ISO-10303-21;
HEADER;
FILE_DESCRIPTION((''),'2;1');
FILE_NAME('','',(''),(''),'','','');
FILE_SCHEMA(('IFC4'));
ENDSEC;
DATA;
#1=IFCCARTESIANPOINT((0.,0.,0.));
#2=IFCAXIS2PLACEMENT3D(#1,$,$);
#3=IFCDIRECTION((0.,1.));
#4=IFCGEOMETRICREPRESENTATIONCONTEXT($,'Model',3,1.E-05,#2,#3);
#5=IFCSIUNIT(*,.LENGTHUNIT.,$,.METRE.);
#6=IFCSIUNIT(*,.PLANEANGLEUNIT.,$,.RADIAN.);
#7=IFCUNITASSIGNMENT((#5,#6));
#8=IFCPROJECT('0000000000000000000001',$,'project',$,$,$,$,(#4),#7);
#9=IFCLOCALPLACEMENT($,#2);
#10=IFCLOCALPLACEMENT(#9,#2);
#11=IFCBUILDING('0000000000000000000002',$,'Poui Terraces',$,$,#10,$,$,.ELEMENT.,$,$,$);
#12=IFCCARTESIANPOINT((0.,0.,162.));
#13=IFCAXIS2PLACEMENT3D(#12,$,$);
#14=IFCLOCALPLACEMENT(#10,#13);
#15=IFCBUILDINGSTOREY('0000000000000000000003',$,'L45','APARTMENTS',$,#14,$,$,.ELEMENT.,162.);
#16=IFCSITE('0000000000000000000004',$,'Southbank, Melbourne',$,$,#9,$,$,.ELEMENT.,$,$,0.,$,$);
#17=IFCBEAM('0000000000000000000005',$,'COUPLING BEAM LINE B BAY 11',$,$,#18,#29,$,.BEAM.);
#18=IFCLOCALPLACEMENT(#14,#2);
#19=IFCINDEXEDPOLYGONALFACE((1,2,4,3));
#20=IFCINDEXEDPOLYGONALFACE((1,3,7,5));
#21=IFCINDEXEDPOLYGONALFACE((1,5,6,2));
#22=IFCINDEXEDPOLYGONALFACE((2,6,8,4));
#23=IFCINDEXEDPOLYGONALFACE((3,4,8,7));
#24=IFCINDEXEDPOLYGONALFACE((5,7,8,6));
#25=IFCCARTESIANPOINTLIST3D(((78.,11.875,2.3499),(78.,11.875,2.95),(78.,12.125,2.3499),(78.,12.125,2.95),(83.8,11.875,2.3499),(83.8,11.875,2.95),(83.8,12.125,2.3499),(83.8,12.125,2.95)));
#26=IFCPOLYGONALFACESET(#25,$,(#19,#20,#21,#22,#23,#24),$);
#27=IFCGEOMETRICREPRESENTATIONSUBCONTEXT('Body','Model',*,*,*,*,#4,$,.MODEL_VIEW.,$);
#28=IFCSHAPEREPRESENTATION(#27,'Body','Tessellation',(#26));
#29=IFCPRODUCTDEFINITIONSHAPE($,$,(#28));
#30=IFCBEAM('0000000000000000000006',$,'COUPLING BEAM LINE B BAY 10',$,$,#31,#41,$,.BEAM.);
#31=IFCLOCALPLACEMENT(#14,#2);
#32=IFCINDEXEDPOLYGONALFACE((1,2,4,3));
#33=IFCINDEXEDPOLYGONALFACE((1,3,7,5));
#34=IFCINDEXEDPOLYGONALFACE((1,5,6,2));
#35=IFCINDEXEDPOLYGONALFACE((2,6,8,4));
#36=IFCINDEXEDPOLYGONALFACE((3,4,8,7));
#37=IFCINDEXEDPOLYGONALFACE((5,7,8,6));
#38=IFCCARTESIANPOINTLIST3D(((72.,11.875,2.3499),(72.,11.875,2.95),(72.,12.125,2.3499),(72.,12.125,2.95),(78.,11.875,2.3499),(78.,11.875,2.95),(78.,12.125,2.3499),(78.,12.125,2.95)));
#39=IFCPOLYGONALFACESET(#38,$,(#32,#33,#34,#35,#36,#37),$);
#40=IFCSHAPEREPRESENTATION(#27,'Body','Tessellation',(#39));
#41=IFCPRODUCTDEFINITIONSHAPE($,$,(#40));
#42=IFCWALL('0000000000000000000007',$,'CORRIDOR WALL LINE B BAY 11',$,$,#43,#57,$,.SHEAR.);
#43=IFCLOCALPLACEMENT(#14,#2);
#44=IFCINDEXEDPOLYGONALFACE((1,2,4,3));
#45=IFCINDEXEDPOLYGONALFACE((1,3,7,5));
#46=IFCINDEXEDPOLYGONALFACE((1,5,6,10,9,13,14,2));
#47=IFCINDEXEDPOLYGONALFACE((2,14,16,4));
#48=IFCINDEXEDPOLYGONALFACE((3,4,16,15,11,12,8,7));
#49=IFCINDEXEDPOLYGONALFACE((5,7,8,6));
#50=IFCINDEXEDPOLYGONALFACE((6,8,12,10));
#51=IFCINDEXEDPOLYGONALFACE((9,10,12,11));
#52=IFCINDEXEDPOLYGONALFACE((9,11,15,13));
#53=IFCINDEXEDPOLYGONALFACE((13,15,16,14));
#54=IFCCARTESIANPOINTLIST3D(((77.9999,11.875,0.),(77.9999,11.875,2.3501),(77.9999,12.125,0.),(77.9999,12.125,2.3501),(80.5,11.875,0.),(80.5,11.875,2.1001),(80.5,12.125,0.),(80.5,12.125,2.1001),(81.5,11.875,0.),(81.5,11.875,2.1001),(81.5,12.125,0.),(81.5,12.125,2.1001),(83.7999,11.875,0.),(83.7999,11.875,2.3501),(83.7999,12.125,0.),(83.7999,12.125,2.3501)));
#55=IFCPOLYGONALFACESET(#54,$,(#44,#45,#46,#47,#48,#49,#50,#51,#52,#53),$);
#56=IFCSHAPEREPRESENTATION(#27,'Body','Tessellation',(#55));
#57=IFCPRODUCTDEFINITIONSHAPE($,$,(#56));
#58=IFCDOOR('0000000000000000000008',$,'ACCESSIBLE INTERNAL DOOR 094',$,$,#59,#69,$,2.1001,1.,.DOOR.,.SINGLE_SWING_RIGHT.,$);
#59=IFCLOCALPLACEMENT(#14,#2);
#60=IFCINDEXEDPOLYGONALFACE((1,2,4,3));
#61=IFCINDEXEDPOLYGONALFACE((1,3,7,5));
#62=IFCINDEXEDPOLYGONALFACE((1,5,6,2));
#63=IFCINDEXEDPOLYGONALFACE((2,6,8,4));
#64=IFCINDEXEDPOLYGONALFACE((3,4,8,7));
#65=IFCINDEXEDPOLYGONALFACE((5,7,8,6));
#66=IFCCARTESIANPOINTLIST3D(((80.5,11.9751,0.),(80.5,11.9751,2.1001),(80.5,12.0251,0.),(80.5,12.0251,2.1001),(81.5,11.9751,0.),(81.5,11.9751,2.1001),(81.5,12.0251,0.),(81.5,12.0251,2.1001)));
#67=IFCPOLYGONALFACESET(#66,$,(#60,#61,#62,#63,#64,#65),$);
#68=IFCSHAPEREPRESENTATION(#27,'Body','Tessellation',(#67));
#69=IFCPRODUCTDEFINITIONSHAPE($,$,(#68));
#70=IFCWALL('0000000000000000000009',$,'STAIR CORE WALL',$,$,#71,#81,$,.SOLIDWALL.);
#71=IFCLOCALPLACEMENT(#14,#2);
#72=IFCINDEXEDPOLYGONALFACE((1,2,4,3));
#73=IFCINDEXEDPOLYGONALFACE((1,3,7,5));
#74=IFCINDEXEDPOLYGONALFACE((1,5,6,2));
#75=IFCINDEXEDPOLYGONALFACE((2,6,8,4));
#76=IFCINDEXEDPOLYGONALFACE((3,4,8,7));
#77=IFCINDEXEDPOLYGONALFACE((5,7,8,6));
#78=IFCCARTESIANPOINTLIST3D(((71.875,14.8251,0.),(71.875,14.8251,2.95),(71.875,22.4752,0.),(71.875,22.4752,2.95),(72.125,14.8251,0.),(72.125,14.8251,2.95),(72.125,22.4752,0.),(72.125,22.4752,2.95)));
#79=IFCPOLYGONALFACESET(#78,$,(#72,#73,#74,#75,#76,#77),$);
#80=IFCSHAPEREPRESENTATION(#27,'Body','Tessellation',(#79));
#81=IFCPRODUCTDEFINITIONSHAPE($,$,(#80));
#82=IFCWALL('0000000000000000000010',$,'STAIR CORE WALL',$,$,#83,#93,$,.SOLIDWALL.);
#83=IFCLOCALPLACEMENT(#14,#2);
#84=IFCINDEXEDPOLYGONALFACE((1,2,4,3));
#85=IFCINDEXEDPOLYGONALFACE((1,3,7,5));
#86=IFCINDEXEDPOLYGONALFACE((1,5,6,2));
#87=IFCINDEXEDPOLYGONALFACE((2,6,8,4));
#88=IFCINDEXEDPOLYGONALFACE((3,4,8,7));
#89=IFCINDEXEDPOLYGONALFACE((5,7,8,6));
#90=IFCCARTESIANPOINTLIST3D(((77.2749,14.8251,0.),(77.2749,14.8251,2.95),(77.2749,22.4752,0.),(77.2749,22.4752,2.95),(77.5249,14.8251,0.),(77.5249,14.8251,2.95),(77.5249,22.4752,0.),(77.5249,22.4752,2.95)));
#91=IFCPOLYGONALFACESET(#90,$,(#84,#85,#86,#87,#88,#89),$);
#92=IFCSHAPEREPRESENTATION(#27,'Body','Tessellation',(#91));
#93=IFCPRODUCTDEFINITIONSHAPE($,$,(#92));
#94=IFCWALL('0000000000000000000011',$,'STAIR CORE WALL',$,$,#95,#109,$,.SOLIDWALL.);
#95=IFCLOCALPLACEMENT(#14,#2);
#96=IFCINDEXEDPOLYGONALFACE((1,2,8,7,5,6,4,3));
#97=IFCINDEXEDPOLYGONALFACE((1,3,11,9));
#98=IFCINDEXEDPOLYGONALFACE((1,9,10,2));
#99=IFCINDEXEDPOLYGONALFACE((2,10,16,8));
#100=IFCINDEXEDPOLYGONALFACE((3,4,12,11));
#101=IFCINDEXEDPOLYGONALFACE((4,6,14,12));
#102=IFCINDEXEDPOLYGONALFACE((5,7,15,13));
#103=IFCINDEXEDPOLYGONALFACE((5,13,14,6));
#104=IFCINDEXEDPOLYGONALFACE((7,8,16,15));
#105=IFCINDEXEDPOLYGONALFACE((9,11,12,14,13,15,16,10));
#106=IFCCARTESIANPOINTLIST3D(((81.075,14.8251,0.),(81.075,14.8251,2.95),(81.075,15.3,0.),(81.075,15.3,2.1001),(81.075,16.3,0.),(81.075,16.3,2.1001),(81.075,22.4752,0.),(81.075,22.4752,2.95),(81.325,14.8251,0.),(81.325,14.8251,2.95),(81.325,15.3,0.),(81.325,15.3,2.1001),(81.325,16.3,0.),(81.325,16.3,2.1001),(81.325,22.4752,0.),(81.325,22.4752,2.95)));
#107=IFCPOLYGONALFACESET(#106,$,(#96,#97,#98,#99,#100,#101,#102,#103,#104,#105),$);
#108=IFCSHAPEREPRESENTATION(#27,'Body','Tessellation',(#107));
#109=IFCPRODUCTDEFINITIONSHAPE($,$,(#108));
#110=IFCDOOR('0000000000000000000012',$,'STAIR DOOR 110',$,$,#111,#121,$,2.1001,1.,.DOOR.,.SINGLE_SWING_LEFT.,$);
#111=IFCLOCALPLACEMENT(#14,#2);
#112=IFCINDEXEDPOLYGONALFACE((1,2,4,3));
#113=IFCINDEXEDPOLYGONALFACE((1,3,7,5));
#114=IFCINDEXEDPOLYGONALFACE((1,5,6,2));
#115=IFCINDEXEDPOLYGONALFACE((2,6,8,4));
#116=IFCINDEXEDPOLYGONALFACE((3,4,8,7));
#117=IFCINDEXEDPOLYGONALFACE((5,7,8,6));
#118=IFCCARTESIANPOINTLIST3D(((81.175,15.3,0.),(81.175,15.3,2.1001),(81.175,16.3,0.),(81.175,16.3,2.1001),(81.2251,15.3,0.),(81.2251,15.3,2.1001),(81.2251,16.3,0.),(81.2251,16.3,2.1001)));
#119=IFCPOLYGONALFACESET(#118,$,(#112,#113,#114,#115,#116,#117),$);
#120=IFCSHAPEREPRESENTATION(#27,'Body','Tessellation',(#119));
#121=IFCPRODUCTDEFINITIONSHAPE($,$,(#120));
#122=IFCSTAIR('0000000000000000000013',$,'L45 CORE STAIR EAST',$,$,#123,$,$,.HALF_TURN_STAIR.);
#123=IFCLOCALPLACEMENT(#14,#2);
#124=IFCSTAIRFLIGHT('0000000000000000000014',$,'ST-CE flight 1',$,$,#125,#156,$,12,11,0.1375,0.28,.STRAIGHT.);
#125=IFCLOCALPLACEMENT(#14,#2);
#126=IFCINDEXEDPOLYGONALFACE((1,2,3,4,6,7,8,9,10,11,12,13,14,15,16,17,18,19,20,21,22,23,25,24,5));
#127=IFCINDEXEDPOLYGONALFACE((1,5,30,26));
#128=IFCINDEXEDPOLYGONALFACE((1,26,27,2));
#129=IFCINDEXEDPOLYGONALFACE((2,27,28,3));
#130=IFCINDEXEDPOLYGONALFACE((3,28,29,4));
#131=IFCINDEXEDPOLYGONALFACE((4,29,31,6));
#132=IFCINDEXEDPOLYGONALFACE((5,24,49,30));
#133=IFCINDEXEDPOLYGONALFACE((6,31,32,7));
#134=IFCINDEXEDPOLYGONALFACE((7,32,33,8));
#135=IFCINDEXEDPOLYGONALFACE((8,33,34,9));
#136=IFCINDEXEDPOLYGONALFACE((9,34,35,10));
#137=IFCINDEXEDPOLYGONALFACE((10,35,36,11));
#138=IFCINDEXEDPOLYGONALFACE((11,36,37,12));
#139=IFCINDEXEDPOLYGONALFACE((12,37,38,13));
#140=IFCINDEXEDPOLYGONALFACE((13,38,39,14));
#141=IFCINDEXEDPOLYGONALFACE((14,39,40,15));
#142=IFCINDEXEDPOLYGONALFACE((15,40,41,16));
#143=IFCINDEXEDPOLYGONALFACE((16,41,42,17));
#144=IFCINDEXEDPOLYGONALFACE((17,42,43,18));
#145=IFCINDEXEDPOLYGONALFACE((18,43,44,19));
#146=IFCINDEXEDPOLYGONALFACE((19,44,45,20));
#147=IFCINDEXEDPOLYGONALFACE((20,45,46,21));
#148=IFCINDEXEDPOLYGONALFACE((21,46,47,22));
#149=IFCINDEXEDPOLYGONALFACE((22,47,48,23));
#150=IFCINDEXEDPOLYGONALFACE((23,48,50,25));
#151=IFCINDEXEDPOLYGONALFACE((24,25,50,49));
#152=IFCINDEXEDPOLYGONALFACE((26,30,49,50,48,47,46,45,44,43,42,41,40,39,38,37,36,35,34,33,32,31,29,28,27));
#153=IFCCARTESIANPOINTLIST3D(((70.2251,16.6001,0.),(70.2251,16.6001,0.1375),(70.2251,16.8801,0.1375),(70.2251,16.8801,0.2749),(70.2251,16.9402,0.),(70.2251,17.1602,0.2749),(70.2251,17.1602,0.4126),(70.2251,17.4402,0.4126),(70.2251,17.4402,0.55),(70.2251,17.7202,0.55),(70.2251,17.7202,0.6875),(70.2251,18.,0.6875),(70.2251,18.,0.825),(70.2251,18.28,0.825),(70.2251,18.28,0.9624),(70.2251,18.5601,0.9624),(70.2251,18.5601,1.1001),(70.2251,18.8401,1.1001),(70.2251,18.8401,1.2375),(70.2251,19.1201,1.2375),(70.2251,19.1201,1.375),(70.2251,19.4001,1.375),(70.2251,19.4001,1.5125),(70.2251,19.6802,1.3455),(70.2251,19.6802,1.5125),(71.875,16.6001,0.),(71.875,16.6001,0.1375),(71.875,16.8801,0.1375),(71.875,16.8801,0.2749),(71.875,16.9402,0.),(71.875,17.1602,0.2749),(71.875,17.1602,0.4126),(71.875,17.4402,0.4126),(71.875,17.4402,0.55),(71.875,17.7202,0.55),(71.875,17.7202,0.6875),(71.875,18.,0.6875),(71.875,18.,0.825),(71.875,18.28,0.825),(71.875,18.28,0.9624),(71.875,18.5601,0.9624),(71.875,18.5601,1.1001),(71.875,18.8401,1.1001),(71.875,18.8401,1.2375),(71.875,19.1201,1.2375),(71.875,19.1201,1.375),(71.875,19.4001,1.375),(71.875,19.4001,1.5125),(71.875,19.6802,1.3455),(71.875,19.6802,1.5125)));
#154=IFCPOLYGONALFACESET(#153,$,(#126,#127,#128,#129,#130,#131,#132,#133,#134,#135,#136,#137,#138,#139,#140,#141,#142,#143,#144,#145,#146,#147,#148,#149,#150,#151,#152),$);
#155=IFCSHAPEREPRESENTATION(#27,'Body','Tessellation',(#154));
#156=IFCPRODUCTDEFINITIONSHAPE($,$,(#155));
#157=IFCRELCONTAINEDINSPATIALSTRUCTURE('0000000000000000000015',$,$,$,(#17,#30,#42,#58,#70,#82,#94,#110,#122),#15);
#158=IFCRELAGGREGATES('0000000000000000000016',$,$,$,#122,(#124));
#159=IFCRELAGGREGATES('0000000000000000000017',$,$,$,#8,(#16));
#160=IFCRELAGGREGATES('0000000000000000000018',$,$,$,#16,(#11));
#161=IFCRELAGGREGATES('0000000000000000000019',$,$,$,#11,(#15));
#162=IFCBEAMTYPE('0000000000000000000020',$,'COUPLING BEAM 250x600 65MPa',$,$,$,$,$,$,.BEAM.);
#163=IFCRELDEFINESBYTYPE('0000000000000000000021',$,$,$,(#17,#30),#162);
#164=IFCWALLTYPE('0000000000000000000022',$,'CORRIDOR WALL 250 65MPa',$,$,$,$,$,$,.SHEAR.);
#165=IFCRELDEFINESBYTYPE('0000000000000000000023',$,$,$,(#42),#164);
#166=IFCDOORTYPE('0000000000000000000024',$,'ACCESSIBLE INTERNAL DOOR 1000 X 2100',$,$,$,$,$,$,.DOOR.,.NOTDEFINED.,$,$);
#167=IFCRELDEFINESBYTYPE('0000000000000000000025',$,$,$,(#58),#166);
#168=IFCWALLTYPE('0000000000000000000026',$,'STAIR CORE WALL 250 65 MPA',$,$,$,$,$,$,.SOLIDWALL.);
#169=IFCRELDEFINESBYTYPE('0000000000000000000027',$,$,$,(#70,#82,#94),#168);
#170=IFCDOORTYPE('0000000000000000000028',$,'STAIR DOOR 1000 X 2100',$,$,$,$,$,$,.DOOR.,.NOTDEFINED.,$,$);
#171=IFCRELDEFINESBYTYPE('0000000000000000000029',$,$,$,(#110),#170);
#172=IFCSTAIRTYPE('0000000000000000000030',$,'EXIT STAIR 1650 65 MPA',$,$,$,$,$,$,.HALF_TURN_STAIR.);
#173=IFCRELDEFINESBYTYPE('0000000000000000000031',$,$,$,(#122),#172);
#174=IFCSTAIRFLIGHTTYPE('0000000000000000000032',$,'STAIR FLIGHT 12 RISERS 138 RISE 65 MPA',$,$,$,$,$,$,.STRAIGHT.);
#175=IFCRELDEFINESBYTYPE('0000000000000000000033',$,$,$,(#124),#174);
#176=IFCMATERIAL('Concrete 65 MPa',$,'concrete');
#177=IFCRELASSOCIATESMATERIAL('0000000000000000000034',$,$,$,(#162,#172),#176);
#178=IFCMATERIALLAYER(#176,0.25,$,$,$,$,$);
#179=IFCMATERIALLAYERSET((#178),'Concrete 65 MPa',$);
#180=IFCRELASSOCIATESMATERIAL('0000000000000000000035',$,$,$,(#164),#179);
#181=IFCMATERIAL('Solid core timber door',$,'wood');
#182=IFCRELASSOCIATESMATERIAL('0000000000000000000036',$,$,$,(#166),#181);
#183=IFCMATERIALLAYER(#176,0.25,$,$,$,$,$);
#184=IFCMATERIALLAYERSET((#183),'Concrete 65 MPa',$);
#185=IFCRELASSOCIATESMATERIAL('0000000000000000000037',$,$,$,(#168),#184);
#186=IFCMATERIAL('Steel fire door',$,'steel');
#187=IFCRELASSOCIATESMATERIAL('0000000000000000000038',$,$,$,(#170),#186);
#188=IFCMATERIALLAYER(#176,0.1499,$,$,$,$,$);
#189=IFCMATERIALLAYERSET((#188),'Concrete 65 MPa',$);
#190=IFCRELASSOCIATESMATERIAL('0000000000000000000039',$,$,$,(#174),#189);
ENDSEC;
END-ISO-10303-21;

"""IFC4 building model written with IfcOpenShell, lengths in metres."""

from ifc_helpers import new_model, si_unit, direction, frame, frame_2d, origin, origin_2d, place, context, subcontext, project, spatial, polyline, rectangle, outline, extrude, source, transform, mapped, material, layer, layer_set, material_profile, profile_set, type_object, element, fill, aggregate, save


model = new_model("IFC4")

# Units and contexts
model_context = context("Model", 3, precision=1e-05, world=origin(), true_north=direction((0.0, 1.0)))
body_context = subcontext(model_context, "Body", "Model", "MODEL_VIEW")
ifc_project = project(units=[si_unit("LENGTHUNIT", "METRE"), si_unit("PLANEANGLEUNIT", "RADIAN")], contexts=[model_context])

# Site, building, storey
site_placement = place(None, origin())
site = spatial("IfcSite", under=ifc_project, at=site_placement, Name="Southbank, Melbourne", CompositionType="ELEMENT", RefElevation=0.0)
building_placement = place(site_placement, origin())
building = spatial("IfcBuilding", under=site, at=building_placement, Name="Poui Terraces", CompositionType="ELEMENT")
storey_placement = place(building_placement, frame((0.0, 0.0, 162.0)))
storey = spatial("IfcBuildingStorey", under=building, at=storey_placement, Name="L45", Description="APARTMENTS", CompositionType="ELEMENT", Elevation=162.0)

# Beams
ifc_material_1 = material(Name="Concrete 65 MPa", Category="concrete")
ifc_material_profile = material_profile(ifc_material_1, rectangle(XDim=0.25, YDim=0.6001, at=origin_2d()), Name="RC 250x600")
ifc_profile_set = profile_set([ifc_material_profile], Name="Concrete 65 MPa")
beam_type = type_object("IfcBeamType", Name="COUPLING BEAM 250x600 65MPa", PredefinedType="BEAM", material=ifc_profile_set)
shared_shape_1 = source(origin(), body_context, "Body", "SweptSolid", [
    extrude(rectangle(XDim=0.25, YDim=0.6001, at=origin_2d()), origin(), (0.0, 0.0, 1.0), 5.8),
])
beam_1_placement = place(storey_placement, frame((78.0, 12.0, 2.6499), z_axis=(1.0, 0.0, 0.0), x_axis=(0.0, 1.0, 0.0)))
element("IfcBeam", 1, at=beam_1_placement, inside=storey, type_object=beam_type, Name="COUPLING BEAM LINE B BAY 11", PredefinedType="BEAM", context=body_context, shape_type="MappedRepresentation", body=[
    mapped(shared_shape_1, transform((0.0, 0.0, 0.0))),
])
shared_shape_2 = source(origin(), body_context, "Body", "SweptSolid", [
    extrude(rectangle(XDim=0.25, YDim=0.6001, at=origin_2d()), origin(), (0.0, 0.0, 1.0), 6.0),
])
beam_2_placement = place(storey_placement, frame((72.0, 12.0, 2.6499), z_axis=(1.0, 0.0, 0.0), x_axis=(0.0, 1.0, 0.0)))
element("IfcBeam", 2, at=beam_2_placement, inside=storey, type_object=beam_type, Name="COUPLING BEAM LINE B BAY 10", PredefinedType="BEAM", context=body_context, shape_type="MappedRepresentation", body=[
    mapped(shared_shape_2, transform((0.0, 0.0, 0.0))),
])

# Wall, opening, door
ifc_layer_1 = layer(ifc_material_1, 0.25)
ifc_layer_set_1 = layer_set([ifc_layer_1], Name="Concrete 65 MPa")
wall_type_1 = type_object("IfcWallType", Name="CORRIDOR WALL 250 65MPa", PredefinedType="SHEAR", material=ifc_layer_set_1)
wall_1_placement = place(storey_placement, frame((78.0, 12.0, 0.0), z_axis=(0.0, 0.0, 1.0), x_axis=(1.0, 0.0, 0.0)))
wall_1 = element("IfcWall", 3, at=wall_1_placement, inside=storey, type_object=wall_type_1, Name="CORRIDOR WALL LINE B BAY 11", PredefinedType="SHEAR", context=body_context, shape_type="SweptSolid", body=[
    extrude(rectangle(XDim=5.8, YDim=0.25, at=frame_2d((2.8999, 0.0))), origin(), (0.0, 0.0, 1.0), 2.3501),
])
opening_1_placement = place(wall_1_placement, frame((2.5, 0.0, 0.0)))
opening_1 = element("IfcOpeningElement", 4, at=opening_1_placement, cuts=wall_1, PredefinedType="OPENING", context=body_context, shape_type="SweptSolid", body=[
    extrude(rectangle(XDim=1.0, YDim=2.1001, at=frame_2d((0.5, 1.05))), frame((0.0, 0.135, 0.0), z_axis=(0.0, -1.0, 0.0), x_axis=(1.0, 0.0, 0.0)), (0.0, 0.0, 1.0), 0.27),
])
ifc_material_2 = material(Name="Solid core timber door", Category="wood")
door_type_1 = type_object("IfcDoorType", Name="ACCESSIBLE INTERNAL DOOR 1000 X 2100", OperationType="NOTDEFINED", PredefinedType="DOOR", material=ifc_material_2)
door_1_placement = place(opening_1_placement, frame((1.0, 0.0, 0.0), z_axis=(0.0, 0.0, 1.0), x_axis=(-1.0, 0.0, 0.0)))
door_1 = element("IfcDoor", 5, at=door_1_placement, inside=storey, type_object=door_type_1, Name="ACCESSIBLE INTERNAL DOOR 094", OperationType="SINGLE_SWING_RIGHT", OverallHeight=2.1001, OverallWidth=1.0, PredefinedType="DOOR", context=body_context, shape_type="SweptSolid", body=[
    extrude(rectangle(XDim=1.0, YDim=2.1001, at=frame_2d((0.5, 1.05))), frame((0.0, 0.0249, 0.0), z_axis=(0.0, -1.0, 0.0), x_axis=(1.0, 0.0, 0.0)), (0.0, 0.0, 1.0), 0.05),
])
fill(opening_1, door_1)

# Walls
ifc_layer_2 = layer(ifc_material_1, 0.25)
ifc_layer_set_2 = layer_set([ifc_layer_2], Name="Concrete 65 MPa")
wall_type_2 = type_object("IfcWallType", Name="STAIR CORE WALL 250 65 MPA", PredefinedType="SOLIDWALL", material=ifc_layer_set_2)
for number, where, z_axis, x_axis, name in (
    (6, (72.0, 14.825, 0.0), (0.0, 0.0, 1.0), (0.0, 1.0, 0.0), "STAIR CORE WALL"),
    (7, (77.3999, 14.825, 0.0), (0.0, 0.0, 1.0), (0.0, 1.0, 0.0), "STAIR CORE WALL"),
):
    element("IfcWall", number, at=place(storey_placement, frame(where, z_axis=z_axis, x_axis=x_axis)), inside=storey, type_object=wall_type_2, Name=name, PredefinedType="SOLIDWALL", context=body_context, shape_type="SweptSolid", body=[
        extrude(rectangle(XDim=7.6501, YDim=0.25, at=frame_2d((3.8252, 0.0))), origin(), (0.0, 0.0, 1.0), 2.95),
    ])

# Wall, opening, door
wall_2_placement = place(storey_placement, frame((81.2, 14.825, 0.0), z_axis=(0.0, 0.0, 1.0), x_axis=(0.0, 1.0, 0.0)))
wall_2 = element("IfcWall", 8, at=wall_2_placement, inside=storey, type_object=wall_type_2, Name="STAIR CORE WALL", PredefinedType="SOLIDWALL", context=body_context, shape_type="SweptSolid", body=[
    extrude(rectangle(XDim=7.6501, YDim=0.25, at=frame_2d((3.8252, 0.0))), origin(), (0.0, 0.0, 1.0), 2.95),
])
opening_2_placement = place(wall_2_placement, frame((0.4751, 0.0, 0.0)))
opening_2 = element("IfcOpeningElement", 9, at=opening_2_placement, cuts=wall_2, PredefinedType="OPENING", context=body_context, shape_type="SweptSolid", body=[
    extrude(rectangle(XDim=1.0, YDim=2.1001, at=frame_2d((0.5, 1.05))), frame((0.0, 0.135, 0.0), z_axis=(0.0, -1.0, 0.0), x_axis=(1.0, 0.0, 0.0)), (0.0, 0.0, 1.0), 0.27),
])
ifc_material_3 = material(Name="Steel fire door", Category="steel")
door_type_2 = type_object("IfcDoorType", Name="STAIR DOOR 1000 X 2100", OperationType="NOTDEFINED", PredefinedType="DOOR", material=ifc_material_3)
door_2_placement = place(opening_2_placement, origin())
door_2 = element("IfcDoor", 10, at=door_2_placement, inside=storey, type_object=door_type_2, Name="STAIR DOOR 110", OperationType="SINGLE_SWING_LEFT", OverallHeight=2.1001, OverallWidth=1.0, PredefinedType="DOOR", context=body_context, shape_type="SweptSolid", body=[
    extrude(rectangle(XDim=1.0, YDim=2.1001, at=frame_2d((0.5, 1.05))), frame((0.0, 0.0249, 0.0), z_axis=(0.0, -1.0, 0.0), x_axis=(1.0, 0.0, 0.0)), (0.0, 0.0, 1.0), 0.05),
])
fill(opening_2, door_2)

# Stair, stair flight
stair_type = type_object("IfcStairType", Name="EXIT STAIR 1650 65 MPA", PredefinedType="HALF_TURN_STAIR", material=ifc_material_1)
stair_1_placement = place(storey_placement, origin())
stair_1 = element("IfcStair", 11, at=stair_1_placement, inside=storey, type_object=stair_type, Name="L45 CORE STAIR EAST", PredefinedType="HALF_TURN_STAIR")
ifc_layer_3 = layer(ifc_material_1, 0.1499)
ifc_layer_set_3 = layer_set([ifc_layer_3], Name="Concrete 65 MPa")
stair_flight_type = type_object("IfcStairFlightType", Name="STAIR FLIGHT 12 RISERS 138 RISE 65 MPA", PredefinedType="STRAIGHT", material=ifc_layer_set_3)
stair_flight_1_placement = place(storey_placement, frame((71.05, 16.6001, 0.0), z_axis=(0.0, 0.0, 1.0), x_axis=(0.0, 1.0, 0.0)))
stair_flight_1 = element("IfcStairFlight", 12, at=stair_flight_1_placement, type_object=stair_flight_type, Name="ST-CE flight 1", NumberOfRisers=12, NumberOfTreads=11, PredefinedType="STRAIGHT", RiserHeight=0.1375, TreadLength=0.28, context=body_context, shape_type="SweptSolid", body=[
    extrude(outline(polyline([(0.0, 0.0), (0.0, 0.1375), (0.28, 0.1375), (0.28, 0.2749), (0.5601, 0.2749), (0.5601, 0.4126), (0.8401, 0.4126), (0.8401, 0.55), (1.1201, 0.55), (1.1201, 0.6875), (1.3999, 0.6875), (1.3999, 0.825), (1.6799, 0.825), (1.6799, 0.9624), (1.96, 0.9624), (1.96, 1.1001), (2.24, 1.1001), (2.24, 1.2375), (2.52, 1.2375), (2.52, 1.375), (2.8, 1.375), (2.8, 1.5125), (3.0801, 1.5125), (3.0801, 1.6499), (3.0801, 1.3455), (0.3401, 0.0), (0.0, 0.0)])), frame((0.0, 0.825, 0.0), z_axis=(0.0, -1.0, 0.0), x_axis=(1.0, 0.0, 0.0)), (0.0, 0.0, 1.0), 1.6499),
])
aggregate(stair_1, [stair_flight_1])

save(model, "model.ifc")
